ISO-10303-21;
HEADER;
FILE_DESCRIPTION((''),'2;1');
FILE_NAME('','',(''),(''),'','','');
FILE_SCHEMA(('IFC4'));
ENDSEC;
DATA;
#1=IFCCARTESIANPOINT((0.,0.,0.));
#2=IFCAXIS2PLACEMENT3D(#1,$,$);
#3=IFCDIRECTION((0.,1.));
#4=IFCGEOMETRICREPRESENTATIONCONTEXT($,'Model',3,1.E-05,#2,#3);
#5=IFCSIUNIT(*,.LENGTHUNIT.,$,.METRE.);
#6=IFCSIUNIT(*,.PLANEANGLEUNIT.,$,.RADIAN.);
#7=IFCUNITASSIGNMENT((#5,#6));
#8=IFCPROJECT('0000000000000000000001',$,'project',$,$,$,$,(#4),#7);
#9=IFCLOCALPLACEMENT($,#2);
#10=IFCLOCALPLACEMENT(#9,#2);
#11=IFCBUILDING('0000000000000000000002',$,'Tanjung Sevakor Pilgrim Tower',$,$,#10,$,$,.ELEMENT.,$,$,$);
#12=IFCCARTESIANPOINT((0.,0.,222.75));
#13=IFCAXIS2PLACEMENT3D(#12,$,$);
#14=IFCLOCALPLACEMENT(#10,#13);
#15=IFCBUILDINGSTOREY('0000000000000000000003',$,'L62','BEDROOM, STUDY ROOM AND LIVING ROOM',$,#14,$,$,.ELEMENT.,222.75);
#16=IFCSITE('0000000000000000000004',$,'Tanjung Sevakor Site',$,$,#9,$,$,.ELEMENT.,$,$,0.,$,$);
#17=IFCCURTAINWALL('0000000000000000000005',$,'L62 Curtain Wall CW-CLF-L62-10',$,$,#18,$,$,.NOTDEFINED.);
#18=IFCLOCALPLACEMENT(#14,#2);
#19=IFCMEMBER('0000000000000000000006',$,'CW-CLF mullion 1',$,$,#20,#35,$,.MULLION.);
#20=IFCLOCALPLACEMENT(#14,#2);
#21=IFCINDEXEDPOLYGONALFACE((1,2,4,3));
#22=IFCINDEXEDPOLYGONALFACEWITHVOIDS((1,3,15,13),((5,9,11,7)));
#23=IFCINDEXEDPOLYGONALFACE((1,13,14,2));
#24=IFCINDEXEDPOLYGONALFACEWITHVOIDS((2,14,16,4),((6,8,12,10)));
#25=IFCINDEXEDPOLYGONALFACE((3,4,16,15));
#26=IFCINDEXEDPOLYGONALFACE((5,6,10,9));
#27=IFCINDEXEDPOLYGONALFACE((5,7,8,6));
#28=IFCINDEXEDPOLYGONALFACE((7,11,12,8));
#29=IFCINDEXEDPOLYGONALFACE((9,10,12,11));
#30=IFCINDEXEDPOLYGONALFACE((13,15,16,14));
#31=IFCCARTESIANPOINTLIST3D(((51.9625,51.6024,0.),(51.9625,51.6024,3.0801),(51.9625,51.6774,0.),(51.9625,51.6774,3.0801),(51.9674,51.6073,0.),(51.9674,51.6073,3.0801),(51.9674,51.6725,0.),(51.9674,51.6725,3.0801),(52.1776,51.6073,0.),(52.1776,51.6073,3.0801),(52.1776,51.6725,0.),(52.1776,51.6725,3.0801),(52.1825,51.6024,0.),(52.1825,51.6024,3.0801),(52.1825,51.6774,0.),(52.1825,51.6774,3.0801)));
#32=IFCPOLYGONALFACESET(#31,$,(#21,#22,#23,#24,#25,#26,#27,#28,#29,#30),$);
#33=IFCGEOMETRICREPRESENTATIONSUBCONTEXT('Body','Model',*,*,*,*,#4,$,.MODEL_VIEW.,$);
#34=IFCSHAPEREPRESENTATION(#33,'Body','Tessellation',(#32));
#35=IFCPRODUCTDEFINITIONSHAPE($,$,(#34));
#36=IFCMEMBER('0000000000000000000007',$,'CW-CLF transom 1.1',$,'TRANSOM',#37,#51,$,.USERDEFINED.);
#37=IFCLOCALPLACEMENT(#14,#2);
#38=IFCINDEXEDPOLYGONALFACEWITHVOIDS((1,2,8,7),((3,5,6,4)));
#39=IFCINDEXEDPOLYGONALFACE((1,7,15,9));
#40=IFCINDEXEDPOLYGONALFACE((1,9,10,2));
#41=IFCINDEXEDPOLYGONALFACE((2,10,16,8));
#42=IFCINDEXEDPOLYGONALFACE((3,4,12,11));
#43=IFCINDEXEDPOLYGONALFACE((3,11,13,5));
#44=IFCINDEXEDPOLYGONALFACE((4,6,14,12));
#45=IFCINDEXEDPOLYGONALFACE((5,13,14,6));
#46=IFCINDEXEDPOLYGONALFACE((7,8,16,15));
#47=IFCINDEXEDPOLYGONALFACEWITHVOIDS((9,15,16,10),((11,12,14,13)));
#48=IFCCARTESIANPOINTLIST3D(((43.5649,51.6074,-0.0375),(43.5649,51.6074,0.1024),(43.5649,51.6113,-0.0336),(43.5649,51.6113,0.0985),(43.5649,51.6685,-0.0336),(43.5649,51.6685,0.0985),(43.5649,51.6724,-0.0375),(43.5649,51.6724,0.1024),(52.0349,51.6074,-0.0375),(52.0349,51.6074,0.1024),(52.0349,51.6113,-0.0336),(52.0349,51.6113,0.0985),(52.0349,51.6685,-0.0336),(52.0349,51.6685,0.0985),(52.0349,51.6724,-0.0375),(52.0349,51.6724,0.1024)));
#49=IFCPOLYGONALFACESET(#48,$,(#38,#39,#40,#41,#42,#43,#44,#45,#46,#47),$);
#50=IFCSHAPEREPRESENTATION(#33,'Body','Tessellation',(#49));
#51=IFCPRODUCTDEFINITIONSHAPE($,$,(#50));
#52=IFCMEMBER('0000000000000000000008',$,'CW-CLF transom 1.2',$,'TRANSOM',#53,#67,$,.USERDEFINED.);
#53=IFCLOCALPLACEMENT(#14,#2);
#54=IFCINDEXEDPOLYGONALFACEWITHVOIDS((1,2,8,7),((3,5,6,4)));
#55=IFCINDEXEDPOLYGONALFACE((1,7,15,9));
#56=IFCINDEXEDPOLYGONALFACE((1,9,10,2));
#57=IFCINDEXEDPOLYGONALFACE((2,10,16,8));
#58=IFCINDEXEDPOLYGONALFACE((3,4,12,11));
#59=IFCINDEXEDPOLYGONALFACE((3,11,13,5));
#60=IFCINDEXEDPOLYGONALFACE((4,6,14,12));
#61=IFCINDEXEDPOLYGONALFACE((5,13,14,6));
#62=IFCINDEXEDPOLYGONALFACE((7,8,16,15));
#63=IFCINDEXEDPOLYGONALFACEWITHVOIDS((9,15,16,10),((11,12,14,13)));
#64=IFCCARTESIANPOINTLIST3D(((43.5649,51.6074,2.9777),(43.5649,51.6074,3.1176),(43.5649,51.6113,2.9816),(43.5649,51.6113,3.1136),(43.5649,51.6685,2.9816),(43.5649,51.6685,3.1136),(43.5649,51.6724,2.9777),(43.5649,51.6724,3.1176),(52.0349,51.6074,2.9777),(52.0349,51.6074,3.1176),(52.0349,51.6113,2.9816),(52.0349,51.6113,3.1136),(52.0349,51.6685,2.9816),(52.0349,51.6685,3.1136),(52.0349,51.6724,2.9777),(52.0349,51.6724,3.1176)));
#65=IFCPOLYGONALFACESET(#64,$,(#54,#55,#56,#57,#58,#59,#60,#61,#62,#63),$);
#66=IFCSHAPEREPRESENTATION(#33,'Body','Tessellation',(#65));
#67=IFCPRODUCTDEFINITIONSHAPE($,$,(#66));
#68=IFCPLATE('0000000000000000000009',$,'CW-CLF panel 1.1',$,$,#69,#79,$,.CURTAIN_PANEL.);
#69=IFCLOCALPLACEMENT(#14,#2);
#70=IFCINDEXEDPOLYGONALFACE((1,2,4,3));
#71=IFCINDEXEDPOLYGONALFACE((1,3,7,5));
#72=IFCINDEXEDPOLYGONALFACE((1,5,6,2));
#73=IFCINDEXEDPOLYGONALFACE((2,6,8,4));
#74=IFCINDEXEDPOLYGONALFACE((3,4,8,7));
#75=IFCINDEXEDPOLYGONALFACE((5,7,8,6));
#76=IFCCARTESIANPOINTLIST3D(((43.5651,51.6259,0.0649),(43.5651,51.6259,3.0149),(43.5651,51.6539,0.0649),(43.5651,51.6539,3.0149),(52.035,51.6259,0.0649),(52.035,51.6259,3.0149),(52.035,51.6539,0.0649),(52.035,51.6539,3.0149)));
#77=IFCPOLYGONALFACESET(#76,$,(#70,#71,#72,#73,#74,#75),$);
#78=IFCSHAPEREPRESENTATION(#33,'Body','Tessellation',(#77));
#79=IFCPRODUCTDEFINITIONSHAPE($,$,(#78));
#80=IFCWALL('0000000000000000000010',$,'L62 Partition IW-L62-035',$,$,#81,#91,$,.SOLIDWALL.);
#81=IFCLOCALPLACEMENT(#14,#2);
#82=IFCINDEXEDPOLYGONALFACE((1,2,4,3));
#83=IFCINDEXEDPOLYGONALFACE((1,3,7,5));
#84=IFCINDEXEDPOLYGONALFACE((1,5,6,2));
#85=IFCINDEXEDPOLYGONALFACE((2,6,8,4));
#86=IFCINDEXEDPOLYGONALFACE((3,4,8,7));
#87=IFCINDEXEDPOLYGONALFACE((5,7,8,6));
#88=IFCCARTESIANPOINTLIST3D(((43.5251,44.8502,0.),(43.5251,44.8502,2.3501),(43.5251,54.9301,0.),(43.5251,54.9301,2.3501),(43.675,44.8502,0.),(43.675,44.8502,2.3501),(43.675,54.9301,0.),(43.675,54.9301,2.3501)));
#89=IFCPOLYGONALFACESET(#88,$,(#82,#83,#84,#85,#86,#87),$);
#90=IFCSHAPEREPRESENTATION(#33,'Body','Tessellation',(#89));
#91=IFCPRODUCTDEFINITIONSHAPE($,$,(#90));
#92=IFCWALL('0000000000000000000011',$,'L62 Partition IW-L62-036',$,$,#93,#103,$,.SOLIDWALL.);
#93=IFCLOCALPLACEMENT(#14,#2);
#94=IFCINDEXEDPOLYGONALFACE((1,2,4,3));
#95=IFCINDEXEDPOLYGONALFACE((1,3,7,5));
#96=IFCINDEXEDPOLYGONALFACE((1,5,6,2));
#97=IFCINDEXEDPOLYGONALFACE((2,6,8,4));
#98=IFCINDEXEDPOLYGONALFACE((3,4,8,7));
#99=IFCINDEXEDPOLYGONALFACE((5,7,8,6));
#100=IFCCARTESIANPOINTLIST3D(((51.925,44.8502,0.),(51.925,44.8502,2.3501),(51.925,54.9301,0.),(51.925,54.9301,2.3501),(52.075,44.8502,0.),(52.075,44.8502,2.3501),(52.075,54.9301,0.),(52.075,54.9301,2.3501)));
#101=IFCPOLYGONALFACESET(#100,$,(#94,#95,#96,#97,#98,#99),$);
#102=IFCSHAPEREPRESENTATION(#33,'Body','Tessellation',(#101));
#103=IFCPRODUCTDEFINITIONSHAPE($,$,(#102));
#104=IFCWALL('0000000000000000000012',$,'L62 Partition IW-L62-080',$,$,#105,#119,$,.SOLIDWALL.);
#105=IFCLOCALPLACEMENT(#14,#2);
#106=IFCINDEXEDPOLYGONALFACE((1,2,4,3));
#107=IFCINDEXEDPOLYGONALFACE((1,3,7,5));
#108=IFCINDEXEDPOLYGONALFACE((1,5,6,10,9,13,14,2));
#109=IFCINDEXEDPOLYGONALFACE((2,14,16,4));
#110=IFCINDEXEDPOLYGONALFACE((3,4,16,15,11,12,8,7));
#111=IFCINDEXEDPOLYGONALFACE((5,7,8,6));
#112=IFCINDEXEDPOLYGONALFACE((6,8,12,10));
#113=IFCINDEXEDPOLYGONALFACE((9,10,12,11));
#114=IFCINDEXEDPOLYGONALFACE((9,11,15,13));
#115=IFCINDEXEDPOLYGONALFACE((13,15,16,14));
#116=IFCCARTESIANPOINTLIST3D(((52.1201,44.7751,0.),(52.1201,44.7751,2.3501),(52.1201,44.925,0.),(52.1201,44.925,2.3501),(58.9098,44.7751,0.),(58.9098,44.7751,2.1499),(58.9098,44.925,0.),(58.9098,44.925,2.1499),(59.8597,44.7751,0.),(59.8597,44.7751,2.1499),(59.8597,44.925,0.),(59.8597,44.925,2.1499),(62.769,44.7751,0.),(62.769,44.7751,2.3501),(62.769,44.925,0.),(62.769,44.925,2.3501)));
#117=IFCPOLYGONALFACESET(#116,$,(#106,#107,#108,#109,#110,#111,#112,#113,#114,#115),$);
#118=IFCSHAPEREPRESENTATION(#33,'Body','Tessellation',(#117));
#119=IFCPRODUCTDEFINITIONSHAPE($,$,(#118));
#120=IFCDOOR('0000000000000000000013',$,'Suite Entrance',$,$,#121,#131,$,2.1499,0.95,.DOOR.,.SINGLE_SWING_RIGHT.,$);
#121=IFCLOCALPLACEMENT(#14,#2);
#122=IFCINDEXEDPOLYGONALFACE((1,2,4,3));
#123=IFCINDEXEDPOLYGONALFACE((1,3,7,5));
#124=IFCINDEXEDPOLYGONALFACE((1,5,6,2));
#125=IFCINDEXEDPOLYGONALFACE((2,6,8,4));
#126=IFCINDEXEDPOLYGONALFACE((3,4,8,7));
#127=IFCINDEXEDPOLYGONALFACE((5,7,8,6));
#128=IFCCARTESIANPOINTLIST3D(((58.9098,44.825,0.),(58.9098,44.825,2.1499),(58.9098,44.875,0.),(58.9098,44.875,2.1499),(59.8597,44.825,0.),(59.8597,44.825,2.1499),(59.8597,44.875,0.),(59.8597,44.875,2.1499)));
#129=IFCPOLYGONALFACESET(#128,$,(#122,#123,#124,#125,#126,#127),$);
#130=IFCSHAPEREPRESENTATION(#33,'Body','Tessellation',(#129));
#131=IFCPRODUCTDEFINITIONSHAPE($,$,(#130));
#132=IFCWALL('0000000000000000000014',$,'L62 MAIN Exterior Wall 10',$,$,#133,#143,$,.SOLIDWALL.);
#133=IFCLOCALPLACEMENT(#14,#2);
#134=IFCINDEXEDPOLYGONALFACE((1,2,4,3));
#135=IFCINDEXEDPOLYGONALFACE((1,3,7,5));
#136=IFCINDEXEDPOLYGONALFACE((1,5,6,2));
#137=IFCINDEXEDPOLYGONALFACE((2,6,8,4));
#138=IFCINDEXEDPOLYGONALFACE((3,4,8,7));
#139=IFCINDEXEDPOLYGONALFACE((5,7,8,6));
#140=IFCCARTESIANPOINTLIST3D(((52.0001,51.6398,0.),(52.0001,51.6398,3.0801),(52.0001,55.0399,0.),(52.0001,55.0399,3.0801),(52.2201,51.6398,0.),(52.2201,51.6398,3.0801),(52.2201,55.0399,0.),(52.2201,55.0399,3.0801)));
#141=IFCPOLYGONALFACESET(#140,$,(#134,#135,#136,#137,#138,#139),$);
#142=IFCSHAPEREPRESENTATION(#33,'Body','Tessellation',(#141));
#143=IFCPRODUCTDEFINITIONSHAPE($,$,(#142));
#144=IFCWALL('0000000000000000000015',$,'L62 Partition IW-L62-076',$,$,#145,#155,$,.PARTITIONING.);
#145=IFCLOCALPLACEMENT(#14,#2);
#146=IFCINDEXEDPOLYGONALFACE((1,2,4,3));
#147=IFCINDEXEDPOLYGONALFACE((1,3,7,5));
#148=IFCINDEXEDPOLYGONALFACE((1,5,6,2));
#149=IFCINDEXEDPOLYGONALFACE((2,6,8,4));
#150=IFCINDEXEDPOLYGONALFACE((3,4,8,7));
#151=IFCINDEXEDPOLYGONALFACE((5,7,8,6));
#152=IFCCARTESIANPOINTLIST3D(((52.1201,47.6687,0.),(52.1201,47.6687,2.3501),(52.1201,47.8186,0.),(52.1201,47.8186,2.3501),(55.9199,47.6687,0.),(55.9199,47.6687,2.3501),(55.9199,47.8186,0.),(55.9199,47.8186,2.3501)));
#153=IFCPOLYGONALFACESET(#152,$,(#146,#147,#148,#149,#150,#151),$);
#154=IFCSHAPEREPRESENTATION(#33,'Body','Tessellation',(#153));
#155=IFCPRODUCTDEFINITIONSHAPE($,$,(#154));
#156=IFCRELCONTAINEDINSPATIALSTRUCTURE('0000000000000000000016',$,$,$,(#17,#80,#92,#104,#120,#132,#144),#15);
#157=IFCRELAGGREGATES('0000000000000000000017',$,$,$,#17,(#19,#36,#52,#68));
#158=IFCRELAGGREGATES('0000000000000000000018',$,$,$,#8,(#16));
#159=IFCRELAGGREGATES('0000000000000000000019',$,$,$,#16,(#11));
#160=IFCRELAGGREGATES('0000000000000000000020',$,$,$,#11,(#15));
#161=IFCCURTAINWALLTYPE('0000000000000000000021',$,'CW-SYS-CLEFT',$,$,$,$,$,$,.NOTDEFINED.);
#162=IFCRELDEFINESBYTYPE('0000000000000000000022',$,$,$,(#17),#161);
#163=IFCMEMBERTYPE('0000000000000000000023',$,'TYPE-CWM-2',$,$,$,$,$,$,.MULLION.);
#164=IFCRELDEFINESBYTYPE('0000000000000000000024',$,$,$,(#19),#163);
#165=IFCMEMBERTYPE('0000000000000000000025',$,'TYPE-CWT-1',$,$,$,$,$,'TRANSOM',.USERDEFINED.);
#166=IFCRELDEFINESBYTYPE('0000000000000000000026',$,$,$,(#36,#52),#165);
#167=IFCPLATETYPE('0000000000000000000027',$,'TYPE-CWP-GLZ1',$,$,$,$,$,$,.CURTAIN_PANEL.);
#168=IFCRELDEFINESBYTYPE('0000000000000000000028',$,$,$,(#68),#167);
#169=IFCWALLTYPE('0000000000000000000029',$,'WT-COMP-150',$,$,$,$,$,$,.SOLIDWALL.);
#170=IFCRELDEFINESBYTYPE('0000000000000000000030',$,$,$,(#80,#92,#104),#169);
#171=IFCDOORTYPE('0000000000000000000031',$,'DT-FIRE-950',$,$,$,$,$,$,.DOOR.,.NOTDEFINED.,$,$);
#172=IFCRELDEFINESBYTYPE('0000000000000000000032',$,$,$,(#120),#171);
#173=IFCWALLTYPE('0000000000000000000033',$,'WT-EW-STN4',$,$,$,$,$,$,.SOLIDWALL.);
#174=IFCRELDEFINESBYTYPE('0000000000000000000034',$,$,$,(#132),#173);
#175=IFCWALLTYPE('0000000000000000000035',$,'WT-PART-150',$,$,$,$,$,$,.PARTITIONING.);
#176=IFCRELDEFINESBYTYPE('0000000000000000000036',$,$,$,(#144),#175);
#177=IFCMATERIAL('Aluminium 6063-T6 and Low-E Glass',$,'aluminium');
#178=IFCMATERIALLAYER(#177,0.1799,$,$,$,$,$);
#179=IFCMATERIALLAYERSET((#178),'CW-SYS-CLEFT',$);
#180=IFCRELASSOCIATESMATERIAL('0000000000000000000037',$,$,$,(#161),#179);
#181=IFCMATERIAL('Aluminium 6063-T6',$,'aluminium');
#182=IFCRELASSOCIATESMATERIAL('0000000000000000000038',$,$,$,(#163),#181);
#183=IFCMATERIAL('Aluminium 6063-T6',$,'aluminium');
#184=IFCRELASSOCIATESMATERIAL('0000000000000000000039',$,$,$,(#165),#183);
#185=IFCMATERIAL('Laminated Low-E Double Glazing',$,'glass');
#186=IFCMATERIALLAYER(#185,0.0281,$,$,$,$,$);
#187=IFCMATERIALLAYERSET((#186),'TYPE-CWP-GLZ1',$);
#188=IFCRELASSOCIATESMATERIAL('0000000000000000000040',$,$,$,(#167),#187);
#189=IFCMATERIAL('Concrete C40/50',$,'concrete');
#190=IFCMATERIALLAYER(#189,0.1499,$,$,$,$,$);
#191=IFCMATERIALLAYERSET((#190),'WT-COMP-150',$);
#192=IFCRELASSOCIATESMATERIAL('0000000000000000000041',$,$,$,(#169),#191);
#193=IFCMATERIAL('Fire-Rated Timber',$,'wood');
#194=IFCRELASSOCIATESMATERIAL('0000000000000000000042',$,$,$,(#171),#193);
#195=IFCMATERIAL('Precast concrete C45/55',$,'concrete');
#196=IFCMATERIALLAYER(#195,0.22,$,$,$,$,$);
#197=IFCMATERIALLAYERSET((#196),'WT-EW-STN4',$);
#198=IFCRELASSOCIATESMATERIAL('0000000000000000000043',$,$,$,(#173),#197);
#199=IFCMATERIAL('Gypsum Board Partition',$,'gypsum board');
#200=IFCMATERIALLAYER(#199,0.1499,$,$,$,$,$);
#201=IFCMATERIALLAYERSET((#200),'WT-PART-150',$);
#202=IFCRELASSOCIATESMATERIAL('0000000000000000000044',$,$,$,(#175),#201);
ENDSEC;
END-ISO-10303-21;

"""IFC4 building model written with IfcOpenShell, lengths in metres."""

from ifc_helpers import new_model, si_unit, direction, frame, frame_2d, origin, origin_2d, place, context, subcontext, project, spatial, rectangle, hollow_rectangle, extrude, material, layer, layer_set, material_profile, profile_set, type_object, element, fill, aggregate, save


model = new_model("IFC4")

# Units and contexts
model_context = context("Model", 3, precision=1e-05, world=origin(), true_north=direction((0.0, 1.0)))
body_context = subcontext(model_context, "Body", "Model", "MODEL_VIEW")
ifc_project = project(units=[si_unit("LENGTHUNIT", "METRE"), si_unit("PLANEANGLEUNIT", "RADIAN")], contexts=[model_context])

# Site, building, storey
site_placement = place(None, origin())
site = spatial("IfcSite", under=ifc_project, at=site_placement, Name="Tanjung Sevakor Site", CompositionType="ELEMENT", RefElevation=0.0)
building_placement = place(site_placement, origin())
building = spatial("IfcBuilding", under=site, at=building_placement, Name="Tanjung Sevakor Pilgrim Tower", CompositionType="ELEMENT")
storey_placement = place(building_placement, frame((0.0, 0.0, 222.75)))
storey = spatial("IfcBuildingStorey", under=building, at=storey_placement, Name="L62", Description="BEDROOM, STUDY ROOM AND LIVING ROOM", CompositionType="ELEMENT", Elevation=222.75)

# Curtain wall, members, plate
ifc_material_1 = material(Name="Aluminium 6063-T6 and Low-E Glass", Category="aluminium")
ifc_layer_1 = layer(ifc_material_1, 0.1799)
ifc_layer_set_1 = layer_set([ifc_layer_1], Name="CW-SYS-CLEFT")
curtain_wall_type = type_object("IfcCurtainWallType", Name="CW-SYS-CLEFT", PredefinedType="NOTDEFINED", material=ifc_layer_set_1)
curtain_wall_placement = place(storey_placement, origin())
curtain_wall = element("IfcCurtainWall", 1, at=curtain_wall_placement, inside=storey, type_object=curtain_wall_type, Name="L62 Curtain Wall CW-CLF-L62-10", PredefinedType="NOTDEFINED")
ifc_material_2 = material(Name="Aluminium 6063-T6", Category="aluminium")
ifc_material_profile_1 = material_profile(ifc_material_2, hollow_rectangle(XDim=0.075, YDim=0.22, WallThickness=0.0049, at=origin_2d()))
ifc_profile_set_1 = profile_set([ifc_material_profile_1], Name="Aluminium 6063-T6")
member_type_1 = type_object("IfcMemberType", Name="TYPE-CWM-2", PredefinedType="MULLION", material=ifc_profile_set_1)
member_1_placement = place(storey_placement, frame((52.0725, 51.6399, 0.0), z_axis=(0.0, 0.0, 1.0), x_axis=(0.0, -1.0, 0.0)))
member_1 = element("IfcMember", 2, at=member_1_placement, type_object=member_type_1, Name="CW-CLF mullion 1", PredefinedType="MULLION", context=body_context, shape_type="SweptSolid", body=[
    extrude(hollow_rectangle(XDim=0.075, YDim=0.22, WallThickness=0.0049, at=origin_2d()), origin(), (0.0, 0.0, 1.0), 3.0801),
])
ifc_material_3 = material(Name="Aluminium 6063-T6", Category="aluminium")
ifc_material_profile_2 = material_profile(ifc_material_3, hollow_rectangle(XDim=0.0649, YDim=0.1399, WallThickness=0.0039, at=origin_2d()))
ifc_profile_set_2 = profile_set([ifc_material_profile_2], Name="Aluminium 6063-T6")
member_type_2 = type_object("IfcMemberType", Name="TYPE-CWT-1", ElementType="TRANSOM", PredefinedType="USERDEFINED", material=ifc_profile_set_2)
member_2_placement = place(storey_placement, frame((52.0349, 51.6399, 0.0325), z_axis=(-1.0, 0.0, 0.0), x_axis=(0.0, -1.0, 0.0)))
member_2 = element("IfcMember", 3, at=member_2_placement, type_object=member_type_2, Name="CW-CLF transom 1.1", ObjectType="TRANSOM", PredefinedType="USERDEFINED", context=body_context, shape_type="SweptSolid", body=[
    extrude(hollow_rectangle(XDim=0.0649, YDim=0.1399, WallThickness=0.0039, at=origin_2d()), origin(), (0.0, 0.0, 1.0), 8.47),
])
member_3_placement = place(storey_placement, frame((52.0349, 51.6399, 3.0476), z_axis=(-1.0, 0.0, 0.0), x_axis=(0.0, -1.0, 0.0)))
member_3 = element("IfcMember", 4, at=member_3_placement, type_object=member_type_2, Name="CW-CLF transom 1.2", ObjectType="TRANSOM", PredefinedType="USERDEFINED", context=body_context, shape_type="SweptSolid", body=[
    extrude(hollow_rectangle(XDim=0.0649, YDim=0.1399, WallThickness=0.0039, at=origin_2d()), origin(), (0.0, 0.0, 1.0), 8.47),
])
ifc_material_4 = material(Name="Laminated Low-E Double Glazing", Category="glass")
ifc_layer_2 = layer(ifc_material_4, 0.0281)
ifc_layer_set_2 = layer_set([ifc_layer_2], Name="TYPE-CWP-GLZ1")
plate_type = type_object("IfcPlateType", Name="TYPE-CWP-GLZ1", PredefinedType="CURTAIN_PANEL", material=ifc_layer_set_2)
plate_placement = place(storey_placement, frame((47.8, 51.6399, 0.0649), z_axis=(0.0, 0.0, 1.0), x_axis=(-1.0, 0.0, 0.0)))
plate = element("IfcPlate", 5, at=plate_placement, type_object=plate_type, Name="CW-CLF panel 1.1", PredefinedType="CURTAIN_PANEL", context=body_context, shape_type="SweptSolid", body=[
    extrude(rectangle(XDim=8.47, YDim=0.0281, at=origin_2d()), origin(), (0.0, 0.0, 1.0), 2.95),
])
aggregate(curtain_wall, [member_1, member_2, member_3, plate])

# Walls
ifc_material_5 = material(Name="Concrete C40/50", Category="concrete")
ifc_layer_3 = layer(ifc_material_5, 0.1499)
ifc_layer_set_3 = layer_set([ifc_layer_3], Name="WT-COMP-150")
wall_type_1 = type_object("IfcWallType", Name="WT-COMP-150", PredefinedType="SOLIDWALL", material=ifc_layer_set_3)
for number, where, z_axis, x_axis, name in (
    (6, (43.6001, 44.8501, 0.0), (0.0, 0.0, 1.0), (0.0, 1.0, 0.0), "L62 Partition IW-L62-035"),
    (7, (52.0, 44.8501, 0.0), (0.0, 0.0, 1.0), (0.0, 1.0, 0.0), "L62 Partition IW-L62-036"),
):
    element("IfcWall", number, at=place(storey_placement, frame(where, z_axis=z_axis, x_axis=x_axis)), inside=storey, type_object=wall_type_1, Name=name, PredefinedType="SOLIDWALL", context=body_context, shape_type="SweptSolid", body=[
        extrude(rectangle(XDim=10.0798, YDim=0.1499, at=frame_2d((5.04, 0.0))), origin(), (0.0, 0.0, 1.0), 2.3501),
    ])

# Wall, opening, door
wall_1_placement = place(storey_placement, frame((52.1201, 44.8501, 0.0), z_axis=(0.0, 0.0, 1.0), x_axis=(1.0, 0.0, 0.0)))
wall_1 = element("IfcWall", 8, at=wall_1_placement, inside=storey, type_object=wall_type_1, Name="L62 Partition IW-L62-080", PredefinedType="SOLIDWALL", context=body_context, shape_type="SweptSolid", body=[
    extrude(rectangle(XDim=10.6489, YDim=0.1499, at=frame_2d((5.3245, 0.0))), origin(), (0.0, 0.0, 1.0), 2.3501),
])
opening_1_placement = place(wall_1_placement, frame((6.7896, 0.0, 0.0)))
opening_1 = element("IfcOpeningElement", 9, at=opening_1_placement, cuts=wall_1, PredefinedType="OPENING", context=body_context, shape_type="SweptSolid", body=[
    extrude(rectangle(XDim=0.95, YDim=2.1499, at=frame_2d((0.4751, 1.075))), frame((0.0, 0.085, 0.0), z_axis=(0.0, -1.0, 0.0), x_axis=(1.0, 0.0, 0.0)), (0.0, 0.0, 1.0), 0.1699),
])
ifc_material_6 = material(Name="Fire-Rated Timber", Category="wood")
door_type_1 = type_object("IfcDoorType", Name="DT-FIRE-950", OperationType="NOTDEFINED", PredefinedType="DOOR", material=ifc_material_6)
door_1_placement = place(opening_1_placement, origin())
door_1 = element("IfcDoor", 10, at=door_1_placement, inside=storey, type_object=door_type_1, Name="Suite Entrance", OperationType="SINGLE_SWING_RIGHT", OverallHeight=2.1499, OverallWidth=0.95, PredefinedType="DOOR", context=body_context, shape_type="SweptSolid", body=[
    extrude(rectangle(XDim=0.95, YDim=2.1499, at=frame_2d((0.4751, 1.075))), frame((0.0, 0.0249, 0.0), z_axis=(0.0, -1.0, 0.0), x_axis=(1.0, 0.0, 0.0)), (0.0, 0.0, 1.0), 0.05),
])
fill(opening_1, door_1)

# Walls
ifc_material_7 = material(Name="Precast concrete C45/55", Category="concrete")
ifc_layer_4 = layer(ifc_material_7, 0.22)
ifc_layer_set_4 = layer_set([ifc_layer_4], Name="WT-EW-STN4")
wall_type_2 = type_object("IfcWallType", Name="WT-EW-STN4", PredefinedType="SOLIDWALL", material=ifc_layer_set_4)
wall_2_placement = place(storey_placement, frame((52.1101, 55.04, 0.0), z_axis=(0.0, 0.0, 1.0), x_axis=(0.0, -1.0, 0.0)))
element("IfcWall", 11, at=wall_2_placement, inside=storey, type_object=wall_type_2, Name="L62 MAIN Exterior Wall 10", PredefinedType="SOLIDWALL", context=body_context, shape_type="SweptSolid", body=[
    extrude(rectangle(XDim=3.4001, YDim=0.22, at=frame_2d((1.7002, 0.0))), origin(), (0.0, 0.0, 1.0), 3.0801),
])
ifc_material_8 = material(Name="Gypsum Board Partition", Category="gypsum board")
ifc_layer_5 = layer(ifc_material_8, 0.1499)
ifc_layer_set_5 = layer_set([ifc_layer_5], Name="WT-PART-150")
wall_type_3 = type_object("IfcWallType", Name="WT-PART-150", PredefinedType="PARTITIONING", material=ifc_layer_set_5)
wall_3_placement = place(storey_placement, frame((52.1201, 47.7437, 0.0), z_axis=(0.0, 0.0, 1.0), x_axis=(1.0, 0.0, 0.0)))
element("IfcWall", 12, at=wall_3_placement, inside=storey, type_object=wall_type_3, Name="L62 Partition IW-L62-076", PredefinedType="PARTITIONING", context=body_context, shape_type="SweptSolid", body=[
    extrude(rectangle(XDim=3.7998, YDim=0.1499, at=frame_2d((1.8999, 0.0))), origin(), (0.0, 0.0, 1.0), 2.3501),
])

save(model, "model.ifc")
